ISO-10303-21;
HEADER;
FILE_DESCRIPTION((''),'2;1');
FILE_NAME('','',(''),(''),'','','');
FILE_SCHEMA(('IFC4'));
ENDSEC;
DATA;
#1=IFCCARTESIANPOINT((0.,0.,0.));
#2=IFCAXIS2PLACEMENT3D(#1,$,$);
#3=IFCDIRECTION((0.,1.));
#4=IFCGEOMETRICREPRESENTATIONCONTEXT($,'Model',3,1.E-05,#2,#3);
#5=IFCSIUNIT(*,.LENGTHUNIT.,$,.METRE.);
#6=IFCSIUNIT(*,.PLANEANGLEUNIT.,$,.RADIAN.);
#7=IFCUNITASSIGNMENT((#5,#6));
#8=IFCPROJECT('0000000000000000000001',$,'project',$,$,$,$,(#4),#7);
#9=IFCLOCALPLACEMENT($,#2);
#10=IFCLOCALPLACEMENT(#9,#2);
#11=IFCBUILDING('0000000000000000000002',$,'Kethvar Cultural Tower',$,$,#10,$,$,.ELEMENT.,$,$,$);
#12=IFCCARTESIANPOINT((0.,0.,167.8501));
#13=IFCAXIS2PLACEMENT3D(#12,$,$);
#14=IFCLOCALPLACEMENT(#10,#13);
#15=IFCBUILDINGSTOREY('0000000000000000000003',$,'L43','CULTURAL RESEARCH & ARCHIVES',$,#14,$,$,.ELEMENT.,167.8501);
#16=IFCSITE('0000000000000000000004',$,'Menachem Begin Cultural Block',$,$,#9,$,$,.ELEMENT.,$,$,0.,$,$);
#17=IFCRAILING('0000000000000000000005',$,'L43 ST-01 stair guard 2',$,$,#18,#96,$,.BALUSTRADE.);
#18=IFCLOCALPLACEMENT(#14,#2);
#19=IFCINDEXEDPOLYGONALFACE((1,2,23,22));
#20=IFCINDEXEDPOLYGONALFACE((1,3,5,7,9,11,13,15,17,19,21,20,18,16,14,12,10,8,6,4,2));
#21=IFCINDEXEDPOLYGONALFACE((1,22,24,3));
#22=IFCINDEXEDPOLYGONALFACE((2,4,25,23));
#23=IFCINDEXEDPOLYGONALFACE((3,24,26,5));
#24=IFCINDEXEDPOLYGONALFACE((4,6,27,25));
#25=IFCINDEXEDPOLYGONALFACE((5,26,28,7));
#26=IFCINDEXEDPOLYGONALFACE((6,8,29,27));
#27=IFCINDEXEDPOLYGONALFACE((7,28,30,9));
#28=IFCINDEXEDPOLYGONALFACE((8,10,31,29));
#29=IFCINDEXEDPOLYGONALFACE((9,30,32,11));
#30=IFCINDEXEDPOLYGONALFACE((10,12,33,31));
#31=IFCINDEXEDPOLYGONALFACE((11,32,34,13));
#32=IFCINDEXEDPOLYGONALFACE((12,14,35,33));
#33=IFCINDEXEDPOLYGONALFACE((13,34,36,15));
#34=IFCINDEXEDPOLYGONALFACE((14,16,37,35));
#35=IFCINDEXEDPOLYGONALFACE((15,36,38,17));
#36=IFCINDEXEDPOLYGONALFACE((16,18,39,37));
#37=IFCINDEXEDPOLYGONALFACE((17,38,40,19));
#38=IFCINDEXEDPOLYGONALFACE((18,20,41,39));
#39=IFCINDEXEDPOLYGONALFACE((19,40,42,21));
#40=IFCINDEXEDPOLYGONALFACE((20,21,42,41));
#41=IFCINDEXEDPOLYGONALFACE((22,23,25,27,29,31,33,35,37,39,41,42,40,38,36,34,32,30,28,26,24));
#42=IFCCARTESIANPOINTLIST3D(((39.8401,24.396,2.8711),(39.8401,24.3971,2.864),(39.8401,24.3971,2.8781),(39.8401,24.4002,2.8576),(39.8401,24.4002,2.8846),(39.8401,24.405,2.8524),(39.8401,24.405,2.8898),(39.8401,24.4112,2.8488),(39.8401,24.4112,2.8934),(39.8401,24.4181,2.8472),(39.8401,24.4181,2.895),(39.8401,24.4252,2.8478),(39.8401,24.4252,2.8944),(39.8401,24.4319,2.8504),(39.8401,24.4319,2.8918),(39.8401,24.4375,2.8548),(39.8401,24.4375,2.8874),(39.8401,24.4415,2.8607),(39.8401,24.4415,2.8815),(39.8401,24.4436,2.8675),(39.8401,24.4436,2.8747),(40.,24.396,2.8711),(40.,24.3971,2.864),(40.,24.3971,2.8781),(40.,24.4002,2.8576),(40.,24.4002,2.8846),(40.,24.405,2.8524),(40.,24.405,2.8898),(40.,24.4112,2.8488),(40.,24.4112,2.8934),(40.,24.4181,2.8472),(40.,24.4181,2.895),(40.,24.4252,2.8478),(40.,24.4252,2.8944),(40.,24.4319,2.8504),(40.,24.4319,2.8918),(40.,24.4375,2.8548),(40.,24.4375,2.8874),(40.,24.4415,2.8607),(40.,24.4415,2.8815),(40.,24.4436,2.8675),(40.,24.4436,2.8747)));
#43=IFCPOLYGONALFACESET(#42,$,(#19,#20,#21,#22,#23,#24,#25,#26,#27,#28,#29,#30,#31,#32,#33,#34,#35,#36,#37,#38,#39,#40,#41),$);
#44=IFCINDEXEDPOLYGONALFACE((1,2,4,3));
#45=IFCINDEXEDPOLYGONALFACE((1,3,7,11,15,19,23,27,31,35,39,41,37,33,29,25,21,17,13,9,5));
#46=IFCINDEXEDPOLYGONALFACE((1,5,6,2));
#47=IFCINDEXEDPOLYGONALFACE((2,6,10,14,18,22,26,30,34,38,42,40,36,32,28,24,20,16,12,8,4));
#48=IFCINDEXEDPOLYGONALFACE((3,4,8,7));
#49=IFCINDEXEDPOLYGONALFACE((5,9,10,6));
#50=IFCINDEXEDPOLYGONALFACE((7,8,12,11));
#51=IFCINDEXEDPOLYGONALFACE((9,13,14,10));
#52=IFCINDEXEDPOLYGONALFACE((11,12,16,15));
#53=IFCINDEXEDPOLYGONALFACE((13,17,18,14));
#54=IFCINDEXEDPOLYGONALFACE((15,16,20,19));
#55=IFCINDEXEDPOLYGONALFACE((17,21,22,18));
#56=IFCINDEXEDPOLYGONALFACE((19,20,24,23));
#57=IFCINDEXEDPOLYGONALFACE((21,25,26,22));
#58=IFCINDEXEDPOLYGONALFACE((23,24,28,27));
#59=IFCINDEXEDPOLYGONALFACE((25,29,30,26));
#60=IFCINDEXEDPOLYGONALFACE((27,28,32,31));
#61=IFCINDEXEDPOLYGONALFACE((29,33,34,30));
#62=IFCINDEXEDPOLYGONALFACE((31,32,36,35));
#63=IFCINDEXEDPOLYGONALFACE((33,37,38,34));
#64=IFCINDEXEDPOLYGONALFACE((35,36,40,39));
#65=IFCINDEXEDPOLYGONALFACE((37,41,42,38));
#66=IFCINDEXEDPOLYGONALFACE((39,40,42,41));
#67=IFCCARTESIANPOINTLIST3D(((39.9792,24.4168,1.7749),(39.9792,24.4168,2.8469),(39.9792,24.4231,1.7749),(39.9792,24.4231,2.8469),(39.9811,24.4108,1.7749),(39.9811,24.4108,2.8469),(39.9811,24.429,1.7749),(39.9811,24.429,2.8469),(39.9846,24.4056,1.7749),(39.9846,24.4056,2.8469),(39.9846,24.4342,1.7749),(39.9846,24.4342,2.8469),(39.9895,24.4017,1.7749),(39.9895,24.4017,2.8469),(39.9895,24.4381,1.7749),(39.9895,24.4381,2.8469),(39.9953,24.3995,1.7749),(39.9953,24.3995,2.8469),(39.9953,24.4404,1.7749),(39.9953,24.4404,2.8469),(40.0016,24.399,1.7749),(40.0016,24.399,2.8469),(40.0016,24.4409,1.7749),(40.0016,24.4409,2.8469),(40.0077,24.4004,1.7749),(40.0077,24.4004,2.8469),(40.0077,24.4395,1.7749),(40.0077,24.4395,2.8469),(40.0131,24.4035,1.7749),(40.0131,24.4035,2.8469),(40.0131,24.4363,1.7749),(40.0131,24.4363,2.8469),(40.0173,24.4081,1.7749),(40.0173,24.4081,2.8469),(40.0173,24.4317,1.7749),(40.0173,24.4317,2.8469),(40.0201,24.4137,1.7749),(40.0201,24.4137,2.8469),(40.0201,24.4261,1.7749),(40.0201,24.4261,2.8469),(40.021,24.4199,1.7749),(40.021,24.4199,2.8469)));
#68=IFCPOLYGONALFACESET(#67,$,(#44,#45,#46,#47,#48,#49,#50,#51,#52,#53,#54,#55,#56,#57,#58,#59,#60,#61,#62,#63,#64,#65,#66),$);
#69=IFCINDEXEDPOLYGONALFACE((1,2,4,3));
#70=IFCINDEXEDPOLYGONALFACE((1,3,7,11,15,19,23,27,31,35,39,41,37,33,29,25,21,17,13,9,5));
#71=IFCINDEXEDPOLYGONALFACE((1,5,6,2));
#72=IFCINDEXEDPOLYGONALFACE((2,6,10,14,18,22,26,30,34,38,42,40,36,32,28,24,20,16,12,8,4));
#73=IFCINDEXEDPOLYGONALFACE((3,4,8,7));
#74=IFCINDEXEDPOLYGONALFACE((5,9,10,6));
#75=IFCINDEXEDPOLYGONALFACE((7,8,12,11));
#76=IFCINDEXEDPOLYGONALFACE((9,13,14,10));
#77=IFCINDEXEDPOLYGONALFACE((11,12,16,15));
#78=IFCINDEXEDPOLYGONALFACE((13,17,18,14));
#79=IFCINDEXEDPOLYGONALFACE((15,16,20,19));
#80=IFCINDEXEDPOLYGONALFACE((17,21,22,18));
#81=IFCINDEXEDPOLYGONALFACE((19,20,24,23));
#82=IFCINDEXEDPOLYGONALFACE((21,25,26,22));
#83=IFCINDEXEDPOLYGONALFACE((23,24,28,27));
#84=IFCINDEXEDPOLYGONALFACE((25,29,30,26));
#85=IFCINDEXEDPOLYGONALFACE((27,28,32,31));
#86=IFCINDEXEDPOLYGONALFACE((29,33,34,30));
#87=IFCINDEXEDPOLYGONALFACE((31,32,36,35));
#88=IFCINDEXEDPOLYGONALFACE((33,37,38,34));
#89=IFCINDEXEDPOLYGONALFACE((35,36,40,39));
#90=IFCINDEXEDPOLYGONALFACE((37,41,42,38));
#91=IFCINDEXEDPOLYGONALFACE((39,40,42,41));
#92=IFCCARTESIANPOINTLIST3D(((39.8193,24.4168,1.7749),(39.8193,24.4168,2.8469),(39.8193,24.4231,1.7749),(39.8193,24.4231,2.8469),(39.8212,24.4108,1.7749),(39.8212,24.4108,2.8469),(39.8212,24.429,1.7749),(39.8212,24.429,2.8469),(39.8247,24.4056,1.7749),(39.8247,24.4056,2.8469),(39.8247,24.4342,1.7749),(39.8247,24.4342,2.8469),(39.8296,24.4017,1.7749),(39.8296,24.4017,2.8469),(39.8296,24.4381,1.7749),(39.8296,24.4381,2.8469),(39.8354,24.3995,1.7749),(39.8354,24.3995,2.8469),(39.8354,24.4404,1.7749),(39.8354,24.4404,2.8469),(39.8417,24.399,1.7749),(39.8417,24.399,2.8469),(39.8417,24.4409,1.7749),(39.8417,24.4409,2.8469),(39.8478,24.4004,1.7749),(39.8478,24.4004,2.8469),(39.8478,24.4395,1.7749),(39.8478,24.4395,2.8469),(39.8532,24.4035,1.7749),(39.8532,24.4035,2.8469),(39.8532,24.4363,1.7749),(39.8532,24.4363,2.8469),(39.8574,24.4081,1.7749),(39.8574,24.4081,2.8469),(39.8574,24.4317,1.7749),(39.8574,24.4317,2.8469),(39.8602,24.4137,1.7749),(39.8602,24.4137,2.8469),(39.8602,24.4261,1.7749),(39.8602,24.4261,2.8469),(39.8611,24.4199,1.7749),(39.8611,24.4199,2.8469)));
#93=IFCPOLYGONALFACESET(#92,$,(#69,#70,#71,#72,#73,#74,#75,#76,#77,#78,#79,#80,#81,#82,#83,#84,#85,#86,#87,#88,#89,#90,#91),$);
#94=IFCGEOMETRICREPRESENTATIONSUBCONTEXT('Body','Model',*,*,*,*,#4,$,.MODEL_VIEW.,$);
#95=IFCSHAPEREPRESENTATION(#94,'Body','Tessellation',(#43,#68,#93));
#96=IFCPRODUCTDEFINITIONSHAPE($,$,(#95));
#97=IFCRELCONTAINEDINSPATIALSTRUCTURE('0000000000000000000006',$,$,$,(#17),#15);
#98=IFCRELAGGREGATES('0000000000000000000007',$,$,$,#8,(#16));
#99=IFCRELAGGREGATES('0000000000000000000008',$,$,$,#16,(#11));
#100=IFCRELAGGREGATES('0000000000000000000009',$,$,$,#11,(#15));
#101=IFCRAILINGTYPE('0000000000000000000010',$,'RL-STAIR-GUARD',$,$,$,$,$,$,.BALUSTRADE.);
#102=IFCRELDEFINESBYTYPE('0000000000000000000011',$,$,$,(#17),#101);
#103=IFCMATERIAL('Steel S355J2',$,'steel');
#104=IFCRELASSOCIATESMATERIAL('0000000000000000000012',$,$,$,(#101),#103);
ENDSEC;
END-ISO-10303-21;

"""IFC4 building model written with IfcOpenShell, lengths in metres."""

from ifc_helpers import new_model, si_unit, direction, frame, origin, origin_2d, place, context, subcontext, project, spatial, circle, extrude, material, type_object, element, save


model = new_model("IFC4")

# Units and contexts
model_context = context("Model", 3, precision=1e-05, world=origin(), true_north=direction((0.0, 1.0)))
body_context = subcontext(model_context, "Body", "Model", "MODEL_VIEW")
ifc_project = project(units=[si_unit("LENGTHUNIT", "METRE"), si_unit("PLANEANGLEUNIT", "RADIAN")], contexts=[model_context])

# Site, building, storey
site_placement = place(None, origin())
site = spatial("IfcSite", under=ifc_project, at=site_placement, Name="Menachem Begin Cultural Block", CompositionType="ELEMENT", RefElevation=0.0)
building_placement = place(site_placement, origin())
building = spatial("IfcBuilding", under=site, at=building_placement, Name="Kethvar Cultural Tower", CompositionType="ELEMENT")
storey_placement = place(building_placement, frame((0.0, 0.0, 167.8501)))
storey = spatial("IfcBuildingStorey", under=building, at=storey_placement, Name="L43", Description="CULTURAL RESEARCH & ARCHIVES", CompositionType="ELEMENT", Elevation=167.8501)

# Shared definitions
ifc_material_1 = material(Name="Steel S355J2", Category="steel")

# Railing
railing_type_1 = type_object("IfcRailingType", Name="RL-STAIR-GUARD", PredefinedType="BALUSTRADE", material=ifc_material_1)
railing_1_placement = place(storey_placement, frame((40.0, 24.4199, 1.7749)))
element("IfcRailing", 1, at=railing_1_placement, inside=storey, type_object=railing_type_1, Name="L43 ST-01 stair guard 2", PredefinedType="BALUSTRADE", context=body_context, shape_type="SweptSolid", body=[
    extrude(circle(Radius=0.0239, at=origin_2d()), frame((0.0, 0.0, 1.0962), z_axis=(-1.0, 0.0, 0.0), x_axis=(0.0, -1.0, 0.0)), (0.0, 0.0, 1.0), 0.1599),
    extrude(circle(Radius=0.021, at=origin_2d()), origin(), (0.0, 0.0, 1.0), 1.072),
    extrude(circle(Radius=0.021, at=origin_2d()), frame((-0.1599, 0.0, 0.0)), (0.0, 0.0, 1.0), 1.072),
])

save(model, "model.ifc")
